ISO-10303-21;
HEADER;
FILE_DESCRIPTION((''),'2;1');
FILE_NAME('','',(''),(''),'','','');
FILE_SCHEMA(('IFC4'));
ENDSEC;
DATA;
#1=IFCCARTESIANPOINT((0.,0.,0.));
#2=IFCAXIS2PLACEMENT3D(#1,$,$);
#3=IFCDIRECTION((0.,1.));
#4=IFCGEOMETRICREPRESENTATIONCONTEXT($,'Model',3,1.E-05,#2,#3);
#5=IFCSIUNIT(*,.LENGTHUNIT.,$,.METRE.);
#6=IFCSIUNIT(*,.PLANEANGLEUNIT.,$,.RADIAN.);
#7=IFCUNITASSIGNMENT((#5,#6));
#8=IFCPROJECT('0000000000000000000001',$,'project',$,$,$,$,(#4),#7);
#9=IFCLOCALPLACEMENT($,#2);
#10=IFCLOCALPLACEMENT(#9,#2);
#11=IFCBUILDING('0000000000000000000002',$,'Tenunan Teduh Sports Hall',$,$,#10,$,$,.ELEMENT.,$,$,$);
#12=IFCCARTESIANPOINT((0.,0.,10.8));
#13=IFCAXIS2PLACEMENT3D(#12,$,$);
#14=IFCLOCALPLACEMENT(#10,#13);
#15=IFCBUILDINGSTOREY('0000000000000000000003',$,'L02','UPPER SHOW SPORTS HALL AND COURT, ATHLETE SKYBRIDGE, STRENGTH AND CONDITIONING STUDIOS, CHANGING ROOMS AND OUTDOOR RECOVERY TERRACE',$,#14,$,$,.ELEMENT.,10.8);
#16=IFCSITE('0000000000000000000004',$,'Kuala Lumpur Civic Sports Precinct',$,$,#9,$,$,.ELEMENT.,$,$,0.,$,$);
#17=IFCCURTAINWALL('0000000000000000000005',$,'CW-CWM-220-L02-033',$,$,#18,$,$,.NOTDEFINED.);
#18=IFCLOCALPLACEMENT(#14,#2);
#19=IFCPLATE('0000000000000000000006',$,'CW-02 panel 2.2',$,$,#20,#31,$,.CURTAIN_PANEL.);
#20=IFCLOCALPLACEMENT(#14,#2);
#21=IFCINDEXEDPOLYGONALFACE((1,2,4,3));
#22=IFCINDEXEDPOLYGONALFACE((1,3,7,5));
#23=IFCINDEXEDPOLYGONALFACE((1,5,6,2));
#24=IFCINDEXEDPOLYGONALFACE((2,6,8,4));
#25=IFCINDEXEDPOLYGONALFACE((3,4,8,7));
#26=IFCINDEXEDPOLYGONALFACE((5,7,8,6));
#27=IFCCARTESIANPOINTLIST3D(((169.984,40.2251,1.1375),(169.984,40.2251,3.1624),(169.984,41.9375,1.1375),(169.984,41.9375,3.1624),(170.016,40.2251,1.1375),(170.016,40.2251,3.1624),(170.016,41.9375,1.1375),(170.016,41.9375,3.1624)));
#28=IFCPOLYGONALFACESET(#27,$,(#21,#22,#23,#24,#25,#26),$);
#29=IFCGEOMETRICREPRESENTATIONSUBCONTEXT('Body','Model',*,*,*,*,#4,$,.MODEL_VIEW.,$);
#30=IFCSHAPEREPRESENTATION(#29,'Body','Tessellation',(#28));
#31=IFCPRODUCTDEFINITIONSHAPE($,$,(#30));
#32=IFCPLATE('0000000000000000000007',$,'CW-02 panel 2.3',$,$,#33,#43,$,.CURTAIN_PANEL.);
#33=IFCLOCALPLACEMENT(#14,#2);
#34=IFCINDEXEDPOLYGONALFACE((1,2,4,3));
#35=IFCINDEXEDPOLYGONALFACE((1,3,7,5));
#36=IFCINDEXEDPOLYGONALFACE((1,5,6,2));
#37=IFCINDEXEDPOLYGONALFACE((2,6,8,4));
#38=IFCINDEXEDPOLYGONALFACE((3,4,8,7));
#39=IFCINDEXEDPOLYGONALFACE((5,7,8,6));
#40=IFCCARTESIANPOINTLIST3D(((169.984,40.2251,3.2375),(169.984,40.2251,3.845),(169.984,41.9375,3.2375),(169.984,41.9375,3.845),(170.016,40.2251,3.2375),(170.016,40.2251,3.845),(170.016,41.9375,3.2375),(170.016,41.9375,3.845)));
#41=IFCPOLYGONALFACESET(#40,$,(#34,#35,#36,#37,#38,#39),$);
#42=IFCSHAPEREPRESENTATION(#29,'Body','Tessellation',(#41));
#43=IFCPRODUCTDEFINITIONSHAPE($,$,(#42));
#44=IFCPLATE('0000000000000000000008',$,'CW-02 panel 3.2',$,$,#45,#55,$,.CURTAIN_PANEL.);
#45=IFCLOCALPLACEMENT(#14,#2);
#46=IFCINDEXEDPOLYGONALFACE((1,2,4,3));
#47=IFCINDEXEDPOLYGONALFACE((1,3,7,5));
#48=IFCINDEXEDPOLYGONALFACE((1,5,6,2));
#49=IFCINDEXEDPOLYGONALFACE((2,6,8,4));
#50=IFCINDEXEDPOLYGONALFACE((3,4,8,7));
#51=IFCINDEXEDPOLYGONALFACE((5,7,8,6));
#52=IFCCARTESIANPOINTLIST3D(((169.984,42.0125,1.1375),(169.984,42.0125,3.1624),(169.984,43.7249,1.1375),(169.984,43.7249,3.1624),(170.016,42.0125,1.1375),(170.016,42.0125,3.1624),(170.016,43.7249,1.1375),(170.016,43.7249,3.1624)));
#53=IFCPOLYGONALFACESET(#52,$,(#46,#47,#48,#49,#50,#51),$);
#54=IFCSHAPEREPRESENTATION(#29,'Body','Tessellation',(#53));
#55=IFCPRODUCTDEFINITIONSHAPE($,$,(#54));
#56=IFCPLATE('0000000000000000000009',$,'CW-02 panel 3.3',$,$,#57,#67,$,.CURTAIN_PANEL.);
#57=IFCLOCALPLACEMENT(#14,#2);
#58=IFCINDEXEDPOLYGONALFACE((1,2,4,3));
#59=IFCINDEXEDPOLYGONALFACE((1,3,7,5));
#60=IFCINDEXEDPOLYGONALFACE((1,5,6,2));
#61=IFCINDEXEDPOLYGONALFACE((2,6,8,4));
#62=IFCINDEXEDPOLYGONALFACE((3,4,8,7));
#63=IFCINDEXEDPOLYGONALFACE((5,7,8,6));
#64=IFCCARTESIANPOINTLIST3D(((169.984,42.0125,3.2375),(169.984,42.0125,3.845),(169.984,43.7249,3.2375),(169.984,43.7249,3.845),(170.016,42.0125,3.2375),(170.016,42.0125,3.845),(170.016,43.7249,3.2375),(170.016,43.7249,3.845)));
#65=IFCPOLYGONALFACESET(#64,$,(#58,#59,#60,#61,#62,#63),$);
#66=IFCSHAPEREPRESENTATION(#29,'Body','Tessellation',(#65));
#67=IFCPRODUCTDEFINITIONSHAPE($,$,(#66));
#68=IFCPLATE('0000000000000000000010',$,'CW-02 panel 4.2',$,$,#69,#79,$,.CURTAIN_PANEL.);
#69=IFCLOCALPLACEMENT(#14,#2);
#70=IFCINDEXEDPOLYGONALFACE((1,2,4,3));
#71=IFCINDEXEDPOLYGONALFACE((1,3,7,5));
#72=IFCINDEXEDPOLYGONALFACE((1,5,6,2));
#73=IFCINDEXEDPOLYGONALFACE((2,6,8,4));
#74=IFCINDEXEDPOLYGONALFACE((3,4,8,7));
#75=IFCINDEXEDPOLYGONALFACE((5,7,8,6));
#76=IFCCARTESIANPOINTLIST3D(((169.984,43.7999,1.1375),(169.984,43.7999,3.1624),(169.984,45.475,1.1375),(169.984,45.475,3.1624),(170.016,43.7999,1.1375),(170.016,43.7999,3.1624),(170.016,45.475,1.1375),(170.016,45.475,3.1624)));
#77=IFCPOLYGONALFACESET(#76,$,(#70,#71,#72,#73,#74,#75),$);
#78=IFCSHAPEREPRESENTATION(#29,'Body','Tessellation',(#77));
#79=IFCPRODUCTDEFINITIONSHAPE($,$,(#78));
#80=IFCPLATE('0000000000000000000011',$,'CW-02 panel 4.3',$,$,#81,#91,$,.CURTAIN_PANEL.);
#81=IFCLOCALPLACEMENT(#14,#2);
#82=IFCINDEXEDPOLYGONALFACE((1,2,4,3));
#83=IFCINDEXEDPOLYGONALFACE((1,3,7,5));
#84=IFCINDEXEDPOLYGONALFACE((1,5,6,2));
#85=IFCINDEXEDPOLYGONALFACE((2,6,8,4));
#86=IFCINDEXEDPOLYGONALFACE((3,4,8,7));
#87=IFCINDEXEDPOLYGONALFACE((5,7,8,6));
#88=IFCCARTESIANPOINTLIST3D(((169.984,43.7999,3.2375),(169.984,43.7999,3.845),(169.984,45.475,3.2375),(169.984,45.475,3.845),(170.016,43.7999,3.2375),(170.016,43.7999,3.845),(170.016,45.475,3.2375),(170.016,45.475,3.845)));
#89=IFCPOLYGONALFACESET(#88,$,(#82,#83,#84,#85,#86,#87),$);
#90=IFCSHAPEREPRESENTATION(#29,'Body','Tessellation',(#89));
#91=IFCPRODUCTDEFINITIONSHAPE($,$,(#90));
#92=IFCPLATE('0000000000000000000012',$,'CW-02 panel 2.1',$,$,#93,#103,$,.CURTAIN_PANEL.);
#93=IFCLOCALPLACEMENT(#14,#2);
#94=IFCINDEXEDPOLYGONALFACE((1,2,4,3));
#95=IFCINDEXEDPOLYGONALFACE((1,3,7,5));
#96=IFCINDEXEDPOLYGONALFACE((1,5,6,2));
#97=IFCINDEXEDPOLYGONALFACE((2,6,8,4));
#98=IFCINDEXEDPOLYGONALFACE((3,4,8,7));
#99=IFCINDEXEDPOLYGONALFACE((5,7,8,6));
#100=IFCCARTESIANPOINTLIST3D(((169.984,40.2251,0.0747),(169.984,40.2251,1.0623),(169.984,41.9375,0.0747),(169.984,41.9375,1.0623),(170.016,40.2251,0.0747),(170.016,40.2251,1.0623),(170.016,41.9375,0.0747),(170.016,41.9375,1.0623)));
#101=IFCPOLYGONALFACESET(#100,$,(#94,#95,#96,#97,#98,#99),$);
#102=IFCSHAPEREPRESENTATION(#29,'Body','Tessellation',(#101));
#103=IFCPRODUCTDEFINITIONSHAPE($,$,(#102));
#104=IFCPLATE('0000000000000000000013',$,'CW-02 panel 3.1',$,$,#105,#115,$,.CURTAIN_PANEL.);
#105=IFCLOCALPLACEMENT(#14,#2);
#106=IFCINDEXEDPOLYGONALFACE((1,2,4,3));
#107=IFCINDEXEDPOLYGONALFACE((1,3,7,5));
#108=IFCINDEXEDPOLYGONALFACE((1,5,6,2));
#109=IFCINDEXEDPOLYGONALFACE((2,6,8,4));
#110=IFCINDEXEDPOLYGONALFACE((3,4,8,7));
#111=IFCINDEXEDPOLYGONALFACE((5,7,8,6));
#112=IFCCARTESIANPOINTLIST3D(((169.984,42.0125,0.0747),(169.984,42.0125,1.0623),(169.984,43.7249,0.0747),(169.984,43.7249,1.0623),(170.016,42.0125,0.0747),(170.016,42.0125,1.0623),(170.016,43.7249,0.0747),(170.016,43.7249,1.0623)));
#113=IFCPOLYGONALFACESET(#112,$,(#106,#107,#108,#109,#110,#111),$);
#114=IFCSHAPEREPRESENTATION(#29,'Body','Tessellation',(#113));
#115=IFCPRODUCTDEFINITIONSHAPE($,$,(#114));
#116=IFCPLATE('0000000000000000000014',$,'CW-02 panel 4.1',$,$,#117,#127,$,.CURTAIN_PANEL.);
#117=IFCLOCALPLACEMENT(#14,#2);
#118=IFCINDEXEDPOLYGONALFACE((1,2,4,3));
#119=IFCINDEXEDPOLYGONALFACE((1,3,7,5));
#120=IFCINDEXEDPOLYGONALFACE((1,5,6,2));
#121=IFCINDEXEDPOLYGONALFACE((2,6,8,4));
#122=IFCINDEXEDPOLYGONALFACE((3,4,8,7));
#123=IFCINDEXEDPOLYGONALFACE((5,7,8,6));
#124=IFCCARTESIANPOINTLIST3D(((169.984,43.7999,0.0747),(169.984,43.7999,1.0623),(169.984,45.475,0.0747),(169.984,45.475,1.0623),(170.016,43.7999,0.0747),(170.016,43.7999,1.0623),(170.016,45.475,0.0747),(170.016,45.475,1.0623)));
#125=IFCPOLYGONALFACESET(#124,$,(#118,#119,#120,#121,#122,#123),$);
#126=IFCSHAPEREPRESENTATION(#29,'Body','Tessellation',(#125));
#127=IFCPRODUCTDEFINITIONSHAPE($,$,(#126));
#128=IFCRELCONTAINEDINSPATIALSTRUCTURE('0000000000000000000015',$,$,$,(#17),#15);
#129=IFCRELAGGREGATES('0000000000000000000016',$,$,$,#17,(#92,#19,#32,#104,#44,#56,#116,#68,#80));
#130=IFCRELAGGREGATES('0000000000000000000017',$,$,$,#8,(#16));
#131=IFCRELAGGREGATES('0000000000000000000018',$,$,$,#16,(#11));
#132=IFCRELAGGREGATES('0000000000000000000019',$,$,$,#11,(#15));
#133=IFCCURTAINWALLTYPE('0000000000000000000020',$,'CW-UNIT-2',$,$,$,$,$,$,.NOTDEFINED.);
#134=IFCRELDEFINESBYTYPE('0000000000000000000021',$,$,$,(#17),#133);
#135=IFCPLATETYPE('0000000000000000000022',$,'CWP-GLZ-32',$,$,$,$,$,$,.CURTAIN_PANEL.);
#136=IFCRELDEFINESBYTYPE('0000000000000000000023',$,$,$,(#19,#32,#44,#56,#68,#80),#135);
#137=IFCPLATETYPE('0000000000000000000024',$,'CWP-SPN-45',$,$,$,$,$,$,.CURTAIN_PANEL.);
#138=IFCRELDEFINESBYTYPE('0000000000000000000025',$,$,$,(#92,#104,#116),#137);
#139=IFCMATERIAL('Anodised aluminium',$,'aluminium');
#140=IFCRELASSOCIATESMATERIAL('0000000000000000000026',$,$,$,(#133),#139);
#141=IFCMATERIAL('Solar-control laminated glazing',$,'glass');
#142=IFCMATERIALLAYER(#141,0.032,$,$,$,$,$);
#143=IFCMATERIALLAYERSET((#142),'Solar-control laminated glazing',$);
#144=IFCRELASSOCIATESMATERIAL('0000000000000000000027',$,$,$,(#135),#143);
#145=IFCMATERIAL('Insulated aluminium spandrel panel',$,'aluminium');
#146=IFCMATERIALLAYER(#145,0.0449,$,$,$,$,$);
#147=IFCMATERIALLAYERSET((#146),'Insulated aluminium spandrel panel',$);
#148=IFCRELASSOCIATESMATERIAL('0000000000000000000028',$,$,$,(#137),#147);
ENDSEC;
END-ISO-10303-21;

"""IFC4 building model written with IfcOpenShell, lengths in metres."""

from ifc_helpers import new_model, si_unit, direction, frame, origin, origin_2d, place, context, subcontext, project, spatial, rectangle, extrude, material, layer, layer_set, type_object, element, aggregate, save


model = new_model("IFC4")

# Units and contexts
model_context = context("Model", 3, precision=1e-05, world=origin(), true_north=direction((0.0, 1.0)))
body_context = subcontext(model_context, "Body", "Model", "MODEL_VIEW")
ifc_project = project(units=[si_unit("LENGTHUNIT", "METRE"), si_unit("PLANEANGLEUNIT", "RADIAN")], contexts=[model_context])

# Site, building, storey
site_placement = place(None, origin())
site = spatial("IfcSite", under=ifc_project, at=site_placement, Name="Kuala Lumpur Civic Sports Precinct", CompositionType="ELEMENT", RefElevation=0.0)
building_placement = place(site_placement, origin())
building = spatial("IfcBuilding", under=site, at=building_placement, Name="Tenunan Teduh Sports Hall", CompositionType="ELEMENT")
storey_placement = place(building_placement, frame((0.0, 0.0, 10.8)))
storey = spatial("IfcBuildingStorey", under=building, at=storey_placement, Name="L02", Description="UPPER SHOW SPORTS HALL AND COURT, ATHLETE SKYBRIDGE, STRENGTH AND CONDITIONING STUDIOS, CHANGING ROOMS AND OUTDOOR RECOVERY TERRACE", CompositionType="ELEMENT", Elevation=10.8)

# Curtain wall
ifc_material_1 = material(Name="Anodised aluminium", Category="aluminium")
curtain_wall_type_1 = type_object("IfcCurtainWallType", Name="CW-UNIT-2", PredefinedType="NOTDEFINED", material=ifc_material_1)
curtain_wall_1_placement = place(storey_placement, origin())
curtain_wall_1 = element("IfcCurtainWall", 1, at=curtain_wall_1_placement, inside=storey, type_object=curtain_wall_type_1, Name="CW-CWM-220-L02-033", PredefinedType="NOTDEFINED")

# Plates
ifc_material_2 = material(Name="Solar-control laminated glazing", Category="glass")
ifc_layer_1 = layer(ifc_material_2, 0.032)
ifc_layer_set_1 = layer_set([ifc_layer_1], Name="Solar-control laminated glazing")
plate_type_1 = type_object("IfcPlateType", Name="CWP-GLZ-32", PredefinedType="CURTAIN_PANEL", material=ifc_layer_set_1)
plate_1_placement = place(storey_placement, frame((170.0, 41.0813, 1.1375), z_axis=(0.0, 0.0, 1.0), x_axis=(0.0, 1.0, 0.0)))
plate_1 = element("IfcPlate", 2, at=plate_1_placement, type_object=plate_type_1, Name="CW-02 panel 2.2", PredefinedType="CURTAIN_PANEL", context=body_context, shape_type="SweptSolid", body=[
    extrude(rectangle(XDim=1.7124, YDim=0.032, at=origin_2d()), origin(), (0.0, 0.0, 1.0), 2.0249),
])
plate_2_placement = place(storey_placement, frame((170.0, 41.0813, 3.2375), z_axis=(0.0, 0.0, 1.0), x_axis=(0.0, 1.0, 0.0)))
plate_2 = element("IfcPlate", 3, at=plate_2_placement, type_object=plate_type_1, Name="CW-02 panel 2.3", PredefinedType="CURTAIN_PANEL", context=body_context, shape_type="SweptSolid", body=[
    extrude(rectangle(XDim=1.7124, YDim=0.032, at=origin_2d()), origin(), (0.0, 0.0, 1.0), 0.6074),
])
plate_3_placement = place(storey_placement, frame((170.0, 42.8687, 1.1375), z_axis=(0.0, 0.0, 1.0), x_axis=(0.0, 1.0, 0.0)))
plate_3 = element("IfcPlate", 4, at=plate_3_placement, type_object=plate_type_1, Name="CW-02 panel 3.2", PredefinedType="CURTAIN_PANEL", context=body_context, shape_type="SweptSolid", body=[
    extrude(rectangle(XDim=1.7124, YDim=0.032, at=origin_2d()), origin(), (0.0, 0.0, 1.0), 2.0249),
])
plate_4_placement = place(storey_placement, frame((170.0, 42.8687, 3.2375), z_axis=(0.0, 0.0, 1.0), x_axis=(0.0, 1.0, 0.0)))
plate_4 = element("IfcPlate", 5, at=plate_4_placement, type_object=plate_type_1, Name="CW-02 panel 3.3", PredefinedType="CURTAIN_PANEL", context=body_context, shape_type="SweptSolid", body=[
    extrude(rectangle(XDim=1.7124, YDim=0.032, at=origin_2d()), origin(), (0.0, 0.0, 1.0), 0.6074),
])
plate_5_placement = place(storey_placement, frame((170.0, 44.6375, 1.1375), z_axis=(0.0, 0.0, 1.0), x_axis=(0.0, 1.0, 0.0)))
plate_5 = element("IfcPlate", 6, at=plate_5_placement, type_object=plate_type_1, Name="CW-02 panel 4.2", PredefinedType="CURTAIN_PANEL", context=body_context, shape_type="SweptSolid", body=[
    extrude(rectangle(XDim=1.675, YDim=0.032, at=origin_2d()), origin(), (0.0, 0.0, 1.0), 2.0249),
])
plate_6_placement = place(storey_placement, frame((170.0, 44.6375, 3.2375), z_axis=(0.0, 0.0, 1.0), x_axis=(0.0, 1.0, 0.0)))
plate_6 = element("IfcPlate", 7, at=plate_6_placement, type_object=plate_type_1, Name="CW-02 panel 4.3", PredefinedType="CURTAIN_PANEL", context=body_context, shape_type="SweptSolid", body=[
    extrude(rectangle(XDim=1.675, YDim=0.032, at=origin_2d()), origin(), (0.0, 0.0, 1.0), 0.6074),
])
ifc_material_3 = material(Name="Insulated aluminium spandrel panel", Category="aluminium")
ifc_layer_2 = layer(ifc_material_3, 0.0449)
ifc_layer_set_2 = layer_set([ifc_layer_2], Name="Insulated aluminium spandrel panel")
plate_type_2 = type_object("IfcPlateType", Name="CWP-SPN-45", PredefinedType="CURTAIN_PANEL", material=ifc_layer_set_2)
plate_7_placement = place(storey_placement, frame((170.0, 41.0813, 0.0747), z_axis=(0.0, 0.0, 1.0), x_axis=(0.0, 1.0, 0.0)))
plate_7 = element("IfcPlate", 8, at=plate_7_placement, type_object=plate_type_2, Name="CW-02 panel 2.1", PredefinedType="CURTAIN_PANEL", context=body_context, shape_type="SweptSolid", body=[
    extrude(rectangle(XDim=1.7124, YDim=0.032, at=origin_2d()), origin(), (0.0, 0.0, 1.0), 0.9875),
])
plate_8_placement = place(storey_placement, frame((170.0, 42.8687, 0.0747), z_axis=(0.0, 0.0, 1.0), x_axis=(0.0, 1.0, 0.0)))
plate_8 = element("IfcPlate", 9, at=plate_8_placement, type_object=plate_type_2, Name="CW-02 panel 3.1", PredefinedType="CURTAIN_PANEL", context=body_context, shape_type="SweptSolid", body=[
    extrude(rectangle(XDim=1.7124, YDim=0.032, at=origin_2d()), origin(), (0.0, 0.0, 1.0), 0.9875),
])
plate_9_placement = place(storey_placement, frame((170.0, 44.6375, 0.0747), z_axis=(0.0, 0.0, 1.0), x_axis=(0.0, 1.0, 0.0)))
plate_9 = element("IfcPlate", 10, at=plate_9_placement, type_object=plate_type_2, Name="CW-02 panel 4.1", PredefinedType="CURTAIN_PANEL", context=body_context, shape_type="SweptSolid", body=[
    extrude(rectangle(XDim=1.675, YDim=0.032, at=origin_2d()), origin(), (0.0, 0.0, 1.0), 0.9875),
])
aggregate(curtain_wall_1, [plate_7, plate_1, plate_2, plate_8, plate_3, plate_4, plate_9, plate_5, plate_6])

save(model, "model.ifc")
